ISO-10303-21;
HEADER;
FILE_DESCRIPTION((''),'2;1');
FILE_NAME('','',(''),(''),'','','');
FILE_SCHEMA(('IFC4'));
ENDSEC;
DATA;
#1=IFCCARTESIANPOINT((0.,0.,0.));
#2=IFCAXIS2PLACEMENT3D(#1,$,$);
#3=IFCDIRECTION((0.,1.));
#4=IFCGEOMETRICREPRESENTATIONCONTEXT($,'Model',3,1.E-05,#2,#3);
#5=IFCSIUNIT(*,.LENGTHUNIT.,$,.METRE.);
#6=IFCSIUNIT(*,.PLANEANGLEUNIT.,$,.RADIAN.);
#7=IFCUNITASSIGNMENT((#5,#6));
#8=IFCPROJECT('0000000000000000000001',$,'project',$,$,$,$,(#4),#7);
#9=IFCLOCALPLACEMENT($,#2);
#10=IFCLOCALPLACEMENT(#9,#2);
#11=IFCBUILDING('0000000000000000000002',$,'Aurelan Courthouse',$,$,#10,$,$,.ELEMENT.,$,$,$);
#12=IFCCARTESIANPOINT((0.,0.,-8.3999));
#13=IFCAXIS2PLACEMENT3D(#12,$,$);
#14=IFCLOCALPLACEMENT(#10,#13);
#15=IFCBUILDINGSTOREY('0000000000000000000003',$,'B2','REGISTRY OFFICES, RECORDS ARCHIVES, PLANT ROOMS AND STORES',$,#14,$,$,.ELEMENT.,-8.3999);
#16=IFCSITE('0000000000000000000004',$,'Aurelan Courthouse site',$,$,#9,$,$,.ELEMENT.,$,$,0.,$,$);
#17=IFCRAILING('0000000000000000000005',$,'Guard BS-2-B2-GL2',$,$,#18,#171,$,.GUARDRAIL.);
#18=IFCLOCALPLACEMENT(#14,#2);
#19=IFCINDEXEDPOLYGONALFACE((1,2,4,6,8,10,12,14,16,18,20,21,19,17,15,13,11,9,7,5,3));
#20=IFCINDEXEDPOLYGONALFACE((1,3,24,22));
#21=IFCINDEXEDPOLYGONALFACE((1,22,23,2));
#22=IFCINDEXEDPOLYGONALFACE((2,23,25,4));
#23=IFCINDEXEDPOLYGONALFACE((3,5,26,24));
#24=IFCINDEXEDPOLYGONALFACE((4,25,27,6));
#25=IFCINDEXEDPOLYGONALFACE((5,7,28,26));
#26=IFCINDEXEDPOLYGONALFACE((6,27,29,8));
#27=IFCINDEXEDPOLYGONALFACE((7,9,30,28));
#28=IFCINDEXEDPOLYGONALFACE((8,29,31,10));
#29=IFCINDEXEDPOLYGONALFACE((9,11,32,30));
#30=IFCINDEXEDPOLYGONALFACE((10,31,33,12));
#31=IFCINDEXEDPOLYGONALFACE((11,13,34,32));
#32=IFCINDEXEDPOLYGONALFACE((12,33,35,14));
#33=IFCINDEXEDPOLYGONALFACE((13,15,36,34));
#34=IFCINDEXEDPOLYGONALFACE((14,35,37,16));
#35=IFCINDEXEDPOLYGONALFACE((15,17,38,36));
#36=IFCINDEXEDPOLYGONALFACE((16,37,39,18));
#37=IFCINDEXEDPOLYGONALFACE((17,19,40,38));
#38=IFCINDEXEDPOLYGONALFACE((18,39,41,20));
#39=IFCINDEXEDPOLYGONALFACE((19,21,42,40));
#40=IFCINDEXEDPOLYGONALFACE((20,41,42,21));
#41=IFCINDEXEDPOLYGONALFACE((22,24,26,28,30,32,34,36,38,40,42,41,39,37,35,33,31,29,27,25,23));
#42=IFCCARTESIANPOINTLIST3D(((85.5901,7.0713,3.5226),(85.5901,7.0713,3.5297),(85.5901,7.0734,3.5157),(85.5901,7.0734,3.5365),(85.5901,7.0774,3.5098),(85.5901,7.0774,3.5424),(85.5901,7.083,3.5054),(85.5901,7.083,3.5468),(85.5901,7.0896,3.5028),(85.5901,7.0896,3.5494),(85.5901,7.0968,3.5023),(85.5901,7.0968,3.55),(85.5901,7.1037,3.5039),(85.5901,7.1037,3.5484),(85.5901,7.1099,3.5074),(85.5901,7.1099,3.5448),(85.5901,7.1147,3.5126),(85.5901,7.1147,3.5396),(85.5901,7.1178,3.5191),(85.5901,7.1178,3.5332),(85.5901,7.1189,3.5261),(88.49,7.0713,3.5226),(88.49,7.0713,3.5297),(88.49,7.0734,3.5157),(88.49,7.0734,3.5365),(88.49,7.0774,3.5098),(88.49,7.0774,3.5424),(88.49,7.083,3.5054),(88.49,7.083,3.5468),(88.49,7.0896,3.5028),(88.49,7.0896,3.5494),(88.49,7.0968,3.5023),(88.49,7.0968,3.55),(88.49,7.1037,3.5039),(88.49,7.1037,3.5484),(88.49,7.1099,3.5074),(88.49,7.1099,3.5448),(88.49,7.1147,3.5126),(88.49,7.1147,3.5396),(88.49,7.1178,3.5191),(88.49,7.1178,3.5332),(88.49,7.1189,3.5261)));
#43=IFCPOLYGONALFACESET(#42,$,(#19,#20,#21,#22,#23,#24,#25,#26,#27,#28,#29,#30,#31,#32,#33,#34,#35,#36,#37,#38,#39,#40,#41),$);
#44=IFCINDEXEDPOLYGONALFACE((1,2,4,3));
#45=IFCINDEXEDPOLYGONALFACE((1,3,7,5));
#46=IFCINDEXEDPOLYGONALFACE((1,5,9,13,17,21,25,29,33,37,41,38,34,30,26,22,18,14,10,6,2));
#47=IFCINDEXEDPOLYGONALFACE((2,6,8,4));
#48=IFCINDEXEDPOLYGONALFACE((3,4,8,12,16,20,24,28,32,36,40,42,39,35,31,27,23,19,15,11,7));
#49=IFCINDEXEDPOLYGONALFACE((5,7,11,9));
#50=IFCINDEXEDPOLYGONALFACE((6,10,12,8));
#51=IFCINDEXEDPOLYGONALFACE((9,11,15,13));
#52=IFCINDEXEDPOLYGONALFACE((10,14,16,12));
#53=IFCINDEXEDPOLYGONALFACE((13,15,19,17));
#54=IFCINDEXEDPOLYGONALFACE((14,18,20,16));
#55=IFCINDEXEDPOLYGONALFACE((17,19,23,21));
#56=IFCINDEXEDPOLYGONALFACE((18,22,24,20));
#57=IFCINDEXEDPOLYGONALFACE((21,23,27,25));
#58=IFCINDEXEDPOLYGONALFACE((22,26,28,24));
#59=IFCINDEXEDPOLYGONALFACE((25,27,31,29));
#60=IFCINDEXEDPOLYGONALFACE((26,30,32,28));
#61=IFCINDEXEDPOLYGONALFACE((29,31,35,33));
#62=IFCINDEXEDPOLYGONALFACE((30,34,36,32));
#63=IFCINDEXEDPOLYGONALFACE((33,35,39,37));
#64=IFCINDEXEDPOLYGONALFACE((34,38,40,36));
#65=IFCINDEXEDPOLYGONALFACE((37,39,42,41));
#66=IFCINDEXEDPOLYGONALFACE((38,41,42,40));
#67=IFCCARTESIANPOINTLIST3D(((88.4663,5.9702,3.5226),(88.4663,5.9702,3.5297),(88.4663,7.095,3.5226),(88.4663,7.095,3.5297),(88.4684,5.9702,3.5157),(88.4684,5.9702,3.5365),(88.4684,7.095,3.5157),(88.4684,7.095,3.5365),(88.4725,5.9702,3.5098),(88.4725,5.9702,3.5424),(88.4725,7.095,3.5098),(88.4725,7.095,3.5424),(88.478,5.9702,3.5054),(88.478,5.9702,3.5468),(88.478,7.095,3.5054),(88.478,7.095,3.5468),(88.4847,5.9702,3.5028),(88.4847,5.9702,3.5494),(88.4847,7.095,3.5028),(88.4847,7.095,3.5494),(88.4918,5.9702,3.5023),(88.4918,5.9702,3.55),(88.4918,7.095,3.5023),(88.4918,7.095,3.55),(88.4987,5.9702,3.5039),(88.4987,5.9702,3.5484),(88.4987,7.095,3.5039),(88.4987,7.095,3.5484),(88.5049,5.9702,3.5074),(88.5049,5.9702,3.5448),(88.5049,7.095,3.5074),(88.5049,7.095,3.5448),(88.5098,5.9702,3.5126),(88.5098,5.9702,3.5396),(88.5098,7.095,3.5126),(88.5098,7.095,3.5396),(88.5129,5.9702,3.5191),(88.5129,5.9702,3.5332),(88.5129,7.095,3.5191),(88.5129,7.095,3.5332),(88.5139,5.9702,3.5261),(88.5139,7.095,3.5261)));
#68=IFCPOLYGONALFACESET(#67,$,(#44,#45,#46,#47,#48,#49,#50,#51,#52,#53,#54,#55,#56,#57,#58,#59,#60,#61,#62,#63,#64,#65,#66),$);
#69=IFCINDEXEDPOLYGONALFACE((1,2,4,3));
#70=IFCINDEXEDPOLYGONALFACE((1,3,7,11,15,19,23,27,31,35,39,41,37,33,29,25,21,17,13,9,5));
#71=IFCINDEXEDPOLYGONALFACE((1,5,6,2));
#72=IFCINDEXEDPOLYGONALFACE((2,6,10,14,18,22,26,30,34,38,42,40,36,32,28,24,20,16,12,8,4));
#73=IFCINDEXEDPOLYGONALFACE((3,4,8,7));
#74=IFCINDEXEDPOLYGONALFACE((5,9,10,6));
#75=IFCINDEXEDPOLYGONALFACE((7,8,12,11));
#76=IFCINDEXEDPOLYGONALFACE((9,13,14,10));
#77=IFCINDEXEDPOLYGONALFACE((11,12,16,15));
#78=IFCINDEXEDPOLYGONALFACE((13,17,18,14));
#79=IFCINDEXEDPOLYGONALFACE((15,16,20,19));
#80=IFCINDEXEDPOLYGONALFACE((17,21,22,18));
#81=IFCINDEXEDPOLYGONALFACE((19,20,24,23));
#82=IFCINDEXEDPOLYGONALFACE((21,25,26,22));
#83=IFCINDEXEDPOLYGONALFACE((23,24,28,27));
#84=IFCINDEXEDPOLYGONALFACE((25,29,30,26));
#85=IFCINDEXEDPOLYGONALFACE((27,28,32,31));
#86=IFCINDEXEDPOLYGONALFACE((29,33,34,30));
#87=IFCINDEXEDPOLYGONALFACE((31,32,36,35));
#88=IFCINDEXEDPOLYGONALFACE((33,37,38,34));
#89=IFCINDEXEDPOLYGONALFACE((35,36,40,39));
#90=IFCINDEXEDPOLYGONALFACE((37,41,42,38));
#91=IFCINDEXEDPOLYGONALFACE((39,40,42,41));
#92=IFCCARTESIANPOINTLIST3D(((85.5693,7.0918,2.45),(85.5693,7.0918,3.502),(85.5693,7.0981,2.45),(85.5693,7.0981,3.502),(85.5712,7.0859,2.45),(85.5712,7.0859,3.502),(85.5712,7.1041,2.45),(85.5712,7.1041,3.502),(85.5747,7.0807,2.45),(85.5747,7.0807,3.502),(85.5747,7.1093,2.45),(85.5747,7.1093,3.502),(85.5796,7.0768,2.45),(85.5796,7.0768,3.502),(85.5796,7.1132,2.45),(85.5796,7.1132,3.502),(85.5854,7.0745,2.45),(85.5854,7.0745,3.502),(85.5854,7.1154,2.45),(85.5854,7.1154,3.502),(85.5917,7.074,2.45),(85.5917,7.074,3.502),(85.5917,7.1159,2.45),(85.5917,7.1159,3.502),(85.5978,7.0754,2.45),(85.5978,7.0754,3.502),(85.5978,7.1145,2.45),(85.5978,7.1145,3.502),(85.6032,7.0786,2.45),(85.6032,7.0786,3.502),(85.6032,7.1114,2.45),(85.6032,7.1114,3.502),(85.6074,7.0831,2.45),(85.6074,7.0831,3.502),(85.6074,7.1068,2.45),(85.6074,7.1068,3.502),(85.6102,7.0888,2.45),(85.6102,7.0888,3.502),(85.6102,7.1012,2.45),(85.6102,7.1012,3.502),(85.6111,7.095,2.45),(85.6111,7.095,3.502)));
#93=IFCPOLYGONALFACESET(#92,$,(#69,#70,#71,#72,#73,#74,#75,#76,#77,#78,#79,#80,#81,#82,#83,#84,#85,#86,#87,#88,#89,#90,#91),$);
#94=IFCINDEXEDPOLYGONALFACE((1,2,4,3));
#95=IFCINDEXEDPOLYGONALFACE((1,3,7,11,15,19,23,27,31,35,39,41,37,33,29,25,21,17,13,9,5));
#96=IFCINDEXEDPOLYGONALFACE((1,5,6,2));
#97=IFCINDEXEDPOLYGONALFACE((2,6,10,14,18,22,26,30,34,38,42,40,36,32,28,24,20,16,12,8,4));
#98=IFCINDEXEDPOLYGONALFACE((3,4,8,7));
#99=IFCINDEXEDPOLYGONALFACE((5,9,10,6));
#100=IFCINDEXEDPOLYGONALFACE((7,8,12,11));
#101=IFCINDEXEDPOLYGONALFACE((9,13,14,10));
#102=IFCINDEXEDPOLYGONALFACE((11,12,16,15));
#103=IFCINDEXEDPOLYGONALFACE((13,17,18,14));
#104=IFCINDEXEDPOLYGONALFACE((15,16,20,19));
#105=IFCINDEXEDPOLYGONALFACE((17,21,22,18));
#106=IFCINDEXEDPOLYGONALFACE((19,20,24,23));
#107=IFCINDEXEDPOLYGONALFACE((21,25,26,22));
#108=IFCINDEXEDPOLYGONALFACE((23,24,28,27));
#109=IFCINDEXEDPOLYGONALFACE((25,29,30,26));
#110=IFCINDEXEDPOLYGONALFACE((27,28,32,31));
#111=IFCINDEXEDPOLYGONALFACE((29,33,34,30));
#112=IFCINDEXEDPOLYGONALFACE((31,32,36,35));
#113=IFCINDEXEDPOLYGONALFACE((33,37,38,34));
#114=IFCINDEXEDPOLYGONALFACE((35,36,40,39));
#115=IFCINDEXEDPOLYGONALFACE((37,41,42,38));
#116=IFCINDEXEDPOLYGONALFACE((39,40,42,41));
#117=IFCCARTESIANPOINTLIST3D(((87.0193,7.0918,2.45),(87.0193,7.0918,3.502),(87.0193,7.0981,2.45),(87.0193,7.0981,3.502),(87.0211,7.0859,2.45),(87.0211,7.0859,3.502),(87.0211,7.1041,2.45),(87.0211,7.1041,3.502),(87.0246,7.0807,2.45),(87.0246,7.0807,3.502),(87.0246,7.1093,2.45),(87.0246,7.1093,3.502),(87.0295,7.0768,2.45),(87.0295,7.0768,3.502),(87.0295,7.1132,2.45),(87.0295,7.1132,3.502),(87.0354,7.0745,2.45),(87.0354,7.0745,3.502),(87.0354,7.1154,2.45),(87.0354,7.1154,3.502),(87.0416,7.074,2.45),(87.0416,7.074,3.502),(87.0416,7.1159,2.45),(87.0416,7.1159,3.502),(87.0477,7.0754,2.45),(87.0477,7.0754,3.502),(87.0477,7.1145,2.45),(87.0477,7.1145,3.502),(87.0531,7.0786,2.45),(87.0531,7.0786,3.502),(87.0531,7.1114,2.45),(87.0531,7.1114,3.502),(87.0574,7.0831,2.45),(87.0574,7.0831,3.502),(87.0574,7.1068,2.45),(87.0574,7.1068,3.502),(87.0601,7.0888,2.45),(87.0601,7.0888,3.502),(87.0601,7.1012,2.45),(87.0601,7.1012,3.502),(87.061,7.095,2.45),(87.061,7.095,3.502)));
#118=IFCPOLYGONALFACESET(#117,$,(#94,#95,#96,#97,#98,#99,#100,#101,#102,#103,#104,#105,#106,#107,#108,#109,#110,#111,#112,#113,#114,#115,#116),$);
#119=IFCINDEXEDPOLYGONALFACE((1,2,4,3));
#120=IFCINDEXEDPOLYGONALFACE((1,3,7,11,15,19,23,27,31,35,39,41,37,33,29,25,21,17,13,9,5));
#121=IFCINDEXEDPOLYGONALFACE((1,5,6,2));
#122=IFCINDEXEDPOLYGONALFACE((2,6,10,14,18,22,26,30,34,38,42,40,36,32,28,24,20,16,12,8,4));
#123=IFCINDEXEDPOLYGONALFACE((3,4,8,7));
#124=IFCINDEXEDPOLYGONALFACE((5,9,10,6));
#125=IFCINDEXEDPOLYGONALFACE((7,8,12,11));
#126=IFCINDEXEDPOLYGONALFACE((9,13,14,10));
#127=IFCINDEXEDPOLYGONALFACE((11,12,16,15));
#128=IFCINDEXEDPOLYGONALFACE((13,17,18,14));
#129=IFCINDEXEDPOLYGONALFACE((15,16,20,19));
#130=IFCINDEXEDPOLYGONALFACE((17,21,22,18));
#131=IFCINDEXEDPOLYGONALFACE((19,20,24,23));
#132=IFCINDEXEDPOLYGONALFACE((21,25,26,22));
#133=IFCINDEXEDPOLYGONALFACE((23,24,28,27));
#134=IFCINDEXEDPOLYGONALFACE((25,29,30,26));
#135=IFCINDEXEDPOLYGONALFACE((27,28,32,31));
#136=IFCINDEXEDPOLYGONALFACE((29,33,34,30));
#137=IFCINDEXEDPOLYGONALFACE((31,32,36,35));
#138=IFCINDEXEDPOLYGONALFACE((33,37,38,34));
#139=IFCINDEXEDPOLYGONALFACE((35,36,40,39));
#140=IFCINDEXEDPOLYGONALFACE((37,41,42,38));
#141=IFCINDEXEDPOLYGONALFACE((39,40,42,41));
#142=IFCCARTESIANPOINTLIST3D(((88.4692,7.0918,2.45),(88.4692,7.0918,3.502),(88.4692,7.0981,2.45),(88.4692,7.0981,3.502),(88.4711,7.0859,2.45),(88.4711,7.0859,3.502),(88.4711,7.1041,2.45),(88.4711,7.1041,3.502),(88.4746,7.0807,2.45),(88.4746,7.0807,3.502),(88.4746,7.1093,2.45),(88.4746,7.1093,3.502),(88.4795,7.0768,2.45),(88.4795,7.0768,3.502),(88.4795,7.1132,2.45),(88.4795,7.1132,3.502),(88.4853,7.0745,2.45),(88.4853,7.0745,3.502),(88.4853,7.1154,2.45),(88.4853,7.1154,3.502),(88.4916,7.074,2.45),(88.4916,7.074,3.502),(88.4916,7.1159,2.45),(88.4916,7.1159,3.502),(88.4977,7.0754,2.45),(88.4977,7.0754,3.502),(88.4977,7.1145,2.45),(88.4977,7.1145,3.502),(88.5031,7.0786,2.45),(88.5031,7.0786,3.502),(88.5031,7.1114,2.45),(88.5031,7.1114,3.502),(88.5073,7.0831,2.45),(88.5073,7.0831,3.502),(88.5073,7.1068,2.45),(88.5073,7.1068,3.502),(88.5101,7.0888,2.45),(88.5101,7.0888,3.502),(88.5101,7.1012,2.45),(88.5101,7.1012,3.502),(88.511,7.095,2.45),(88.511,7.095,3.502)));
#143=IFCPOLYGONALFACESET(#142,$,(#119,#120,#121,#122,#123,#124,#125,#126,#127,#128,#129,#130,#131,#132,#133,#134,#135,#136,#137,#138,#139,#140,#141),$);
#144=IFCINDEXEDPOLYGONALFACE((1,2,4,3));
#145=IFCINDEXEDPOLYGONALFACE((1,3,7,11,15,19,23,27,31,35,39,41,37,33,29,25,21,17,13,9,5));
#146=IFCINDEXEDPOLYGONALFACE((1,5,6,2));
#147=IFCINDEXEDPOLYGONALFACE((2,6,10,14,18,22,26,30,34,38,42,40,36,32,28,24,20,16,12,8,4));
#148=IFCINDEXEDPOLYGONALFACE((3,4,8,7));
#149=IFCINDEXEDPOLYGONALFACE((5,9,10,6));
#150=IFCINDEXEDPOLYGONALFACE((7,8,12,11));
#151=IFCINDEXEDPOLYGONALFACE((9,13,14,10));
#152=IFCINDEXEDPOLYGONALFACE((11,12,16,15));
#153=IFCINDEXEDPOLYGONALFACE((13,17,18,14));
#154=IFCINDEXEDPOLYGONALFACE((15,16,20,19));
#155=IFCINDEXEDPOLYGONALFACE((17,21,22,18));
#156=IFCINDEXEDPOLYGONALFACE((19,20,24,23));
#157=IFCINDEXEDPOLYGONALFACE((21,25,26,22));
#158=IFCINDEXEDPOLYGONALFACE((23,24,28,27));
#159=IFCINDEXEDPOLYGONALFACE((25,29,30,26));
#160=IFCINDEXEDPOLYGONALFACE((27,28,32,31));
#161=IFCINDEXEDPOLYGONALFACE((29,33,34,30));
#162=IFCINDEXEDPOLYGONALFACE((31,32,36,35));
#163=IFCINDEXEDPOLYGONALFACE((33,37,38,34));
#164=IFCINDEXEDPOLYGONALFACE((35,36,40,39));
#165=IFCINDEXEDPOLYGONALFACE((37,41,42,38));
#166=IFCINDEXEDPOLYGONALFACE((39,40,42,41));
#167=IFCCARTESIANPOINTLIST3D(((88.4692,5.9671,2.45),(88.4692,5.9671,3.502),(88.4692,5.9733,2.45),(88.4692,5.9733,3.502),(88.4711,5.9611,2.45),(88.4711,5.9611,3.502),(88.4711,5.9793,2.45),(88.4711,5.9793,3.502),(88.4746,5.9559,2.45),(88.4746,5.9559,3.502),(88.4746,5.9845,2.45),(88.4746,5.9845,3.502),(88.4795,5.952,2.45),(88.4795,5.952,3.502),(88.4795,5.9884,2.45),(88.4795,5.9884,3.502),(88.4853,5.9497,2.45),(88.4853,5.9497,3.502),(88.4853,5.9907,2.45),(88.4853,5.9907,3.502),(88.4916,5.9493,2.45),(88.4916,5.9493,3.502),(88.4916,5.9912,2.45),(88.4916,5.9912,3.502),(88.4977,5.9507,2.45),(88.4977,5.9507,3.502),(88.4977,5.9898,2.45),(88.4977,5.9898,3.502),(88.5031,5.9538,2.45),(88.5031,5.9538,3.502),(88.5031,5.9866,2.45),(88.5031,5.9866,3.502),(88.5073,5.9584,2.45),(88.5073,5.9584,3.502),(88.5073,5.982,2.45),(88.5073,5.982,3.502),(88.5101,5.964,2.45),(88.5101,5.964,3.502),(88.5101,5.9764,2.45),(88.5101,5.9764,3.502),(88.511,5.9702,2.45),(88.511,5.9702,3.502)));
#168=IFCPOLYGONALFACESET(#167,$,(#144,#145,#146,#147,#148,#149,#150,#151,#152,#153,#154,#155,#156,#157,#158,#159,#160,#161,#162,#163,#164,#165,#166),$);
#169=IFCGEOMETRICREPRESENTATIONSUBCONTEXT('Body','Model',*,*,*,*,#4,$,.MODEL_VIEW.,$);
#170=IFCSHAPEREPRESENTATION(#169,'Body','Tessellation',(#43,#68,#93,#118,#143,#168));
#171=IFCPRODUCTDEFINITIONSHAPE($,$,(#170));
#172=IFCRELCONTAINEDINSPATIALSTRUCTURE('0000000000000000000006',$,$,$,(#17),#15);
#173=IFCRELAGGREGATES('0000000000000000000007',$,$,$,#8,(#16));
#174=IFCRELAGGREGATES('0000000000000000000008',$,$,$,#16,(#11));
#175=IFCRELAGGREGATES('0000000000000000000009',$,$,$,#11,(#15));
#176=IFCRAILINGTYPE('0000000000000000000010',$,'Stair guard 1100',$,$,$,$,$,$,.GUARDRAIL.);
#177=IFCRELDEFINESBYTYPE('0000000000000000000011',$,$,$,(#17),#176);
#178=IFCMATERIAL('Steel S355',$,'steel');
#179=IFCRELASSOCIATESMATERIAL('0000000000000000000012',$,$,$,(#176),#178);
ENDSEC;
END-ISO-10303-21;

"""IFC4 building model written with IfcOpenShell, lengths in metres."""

from ifc_helpers import new_model, si_unit, direction, frame, origin, origin_2d, place, context, subcontext, project, spatial, circle, extrude, material, type_object, element, save


model = new_model("IFC4")

# Units and contexts
model_context = context("Model", 3, precision=1e-05, world=origin(), true_north=direction((0.0, 1.0)))
body_context = subcontext(model_context, "Body", "Model", "MODEL_VIEW")
ifc_project = project(units=[si_unit("LENGTHUNIT", "METRE"), si_unit("PLANEANGLEUNIT", "RADIAN")], contexts=[model_context])

# Site, building, storey
site_placement = place(None, origin())
site = spatial("IfcSite", under=ifc_project, at=site_placement, Name="Aurelan Courthouse site", CompositionType="ELEMENT", RefElevation=0.0)
building_placement = place(site_placement, origin())
building = spatial("IfcBuilding", under=site, at=building_placement, Name="Aurelan Courthouse", CompositionType="ELEMENT")
storey_placement = place(building_placement, frame((0.0, 0.0, -8.3999)))
storey = spatial("IfcBuildingStorey", under=building, at=storey_placement, Name="B2", Description="REGISTRY OFFICES, RECORDS ARCHIVES, PLANT ROOMS AND STORES", CompositionType="ELEMENT", Elevation=-8.3999)

# Railing
ifc_material_1 = material(Name="Steel S355", Category="steel")
railing_type_1 = type_object("IfcRailingType", Name="Stair guard 1100", PredefinedType="GUARDRAIL", material=ifc_material_1)
railing_1_placement = place(storey_placement, frame((85.5901, 7.095, 2.45)))
element("IfcRailing", 1, at=railing_1_placement, inside=storey, type_object=railing_type_1, Name="Guard BS-2-B2-GL2", PredefinedType="GUARDRAIL", context=body_context, shape_type="SweptSolid", body=[
    extrude(circle(Radius=0.0239, at=origin_2d()), frame((0.0, 0.0, 1.0762), z_axis=(1.0, 0.0, 0.0), x_axis=(0.0, 1.0, 0.0)), (0.0, 0.0, 1.0), 2.8999),
    extrude(circle(Radius=0.0239, at=origin_2d()), frame((2.8999, 0.0, 1.0762), z_axis=(0.0, -1.0, 0.0), x_axis=(1.0, 0.0, 0.0)), (0.0, 0.0, 1.0), 1.1248),
    extrude(circle(Radius=0.021, at=origin_2d()), origin(), (0.0, 0.0, 1.0), 1.052),
    extrude(circle(Radius=0.021, at=origin_2d()), frame((1.45, 0.0, 0.0)), (0.0, 0.0, 1.0), 1.052),
    extrude(circle(Radius=0.021, at=origin_2d()), frame((2.8999, 0.0, 0.0)), (0.0, 0.0, 1.0), 1.052),
    extrude(circle(Radius=0.021, at=origin_2d()), frame((2.8999, -1.1248, 0.0)), (0.0, 0.0, 1.0), 1.052),
])

save(model, "model.ifc")
